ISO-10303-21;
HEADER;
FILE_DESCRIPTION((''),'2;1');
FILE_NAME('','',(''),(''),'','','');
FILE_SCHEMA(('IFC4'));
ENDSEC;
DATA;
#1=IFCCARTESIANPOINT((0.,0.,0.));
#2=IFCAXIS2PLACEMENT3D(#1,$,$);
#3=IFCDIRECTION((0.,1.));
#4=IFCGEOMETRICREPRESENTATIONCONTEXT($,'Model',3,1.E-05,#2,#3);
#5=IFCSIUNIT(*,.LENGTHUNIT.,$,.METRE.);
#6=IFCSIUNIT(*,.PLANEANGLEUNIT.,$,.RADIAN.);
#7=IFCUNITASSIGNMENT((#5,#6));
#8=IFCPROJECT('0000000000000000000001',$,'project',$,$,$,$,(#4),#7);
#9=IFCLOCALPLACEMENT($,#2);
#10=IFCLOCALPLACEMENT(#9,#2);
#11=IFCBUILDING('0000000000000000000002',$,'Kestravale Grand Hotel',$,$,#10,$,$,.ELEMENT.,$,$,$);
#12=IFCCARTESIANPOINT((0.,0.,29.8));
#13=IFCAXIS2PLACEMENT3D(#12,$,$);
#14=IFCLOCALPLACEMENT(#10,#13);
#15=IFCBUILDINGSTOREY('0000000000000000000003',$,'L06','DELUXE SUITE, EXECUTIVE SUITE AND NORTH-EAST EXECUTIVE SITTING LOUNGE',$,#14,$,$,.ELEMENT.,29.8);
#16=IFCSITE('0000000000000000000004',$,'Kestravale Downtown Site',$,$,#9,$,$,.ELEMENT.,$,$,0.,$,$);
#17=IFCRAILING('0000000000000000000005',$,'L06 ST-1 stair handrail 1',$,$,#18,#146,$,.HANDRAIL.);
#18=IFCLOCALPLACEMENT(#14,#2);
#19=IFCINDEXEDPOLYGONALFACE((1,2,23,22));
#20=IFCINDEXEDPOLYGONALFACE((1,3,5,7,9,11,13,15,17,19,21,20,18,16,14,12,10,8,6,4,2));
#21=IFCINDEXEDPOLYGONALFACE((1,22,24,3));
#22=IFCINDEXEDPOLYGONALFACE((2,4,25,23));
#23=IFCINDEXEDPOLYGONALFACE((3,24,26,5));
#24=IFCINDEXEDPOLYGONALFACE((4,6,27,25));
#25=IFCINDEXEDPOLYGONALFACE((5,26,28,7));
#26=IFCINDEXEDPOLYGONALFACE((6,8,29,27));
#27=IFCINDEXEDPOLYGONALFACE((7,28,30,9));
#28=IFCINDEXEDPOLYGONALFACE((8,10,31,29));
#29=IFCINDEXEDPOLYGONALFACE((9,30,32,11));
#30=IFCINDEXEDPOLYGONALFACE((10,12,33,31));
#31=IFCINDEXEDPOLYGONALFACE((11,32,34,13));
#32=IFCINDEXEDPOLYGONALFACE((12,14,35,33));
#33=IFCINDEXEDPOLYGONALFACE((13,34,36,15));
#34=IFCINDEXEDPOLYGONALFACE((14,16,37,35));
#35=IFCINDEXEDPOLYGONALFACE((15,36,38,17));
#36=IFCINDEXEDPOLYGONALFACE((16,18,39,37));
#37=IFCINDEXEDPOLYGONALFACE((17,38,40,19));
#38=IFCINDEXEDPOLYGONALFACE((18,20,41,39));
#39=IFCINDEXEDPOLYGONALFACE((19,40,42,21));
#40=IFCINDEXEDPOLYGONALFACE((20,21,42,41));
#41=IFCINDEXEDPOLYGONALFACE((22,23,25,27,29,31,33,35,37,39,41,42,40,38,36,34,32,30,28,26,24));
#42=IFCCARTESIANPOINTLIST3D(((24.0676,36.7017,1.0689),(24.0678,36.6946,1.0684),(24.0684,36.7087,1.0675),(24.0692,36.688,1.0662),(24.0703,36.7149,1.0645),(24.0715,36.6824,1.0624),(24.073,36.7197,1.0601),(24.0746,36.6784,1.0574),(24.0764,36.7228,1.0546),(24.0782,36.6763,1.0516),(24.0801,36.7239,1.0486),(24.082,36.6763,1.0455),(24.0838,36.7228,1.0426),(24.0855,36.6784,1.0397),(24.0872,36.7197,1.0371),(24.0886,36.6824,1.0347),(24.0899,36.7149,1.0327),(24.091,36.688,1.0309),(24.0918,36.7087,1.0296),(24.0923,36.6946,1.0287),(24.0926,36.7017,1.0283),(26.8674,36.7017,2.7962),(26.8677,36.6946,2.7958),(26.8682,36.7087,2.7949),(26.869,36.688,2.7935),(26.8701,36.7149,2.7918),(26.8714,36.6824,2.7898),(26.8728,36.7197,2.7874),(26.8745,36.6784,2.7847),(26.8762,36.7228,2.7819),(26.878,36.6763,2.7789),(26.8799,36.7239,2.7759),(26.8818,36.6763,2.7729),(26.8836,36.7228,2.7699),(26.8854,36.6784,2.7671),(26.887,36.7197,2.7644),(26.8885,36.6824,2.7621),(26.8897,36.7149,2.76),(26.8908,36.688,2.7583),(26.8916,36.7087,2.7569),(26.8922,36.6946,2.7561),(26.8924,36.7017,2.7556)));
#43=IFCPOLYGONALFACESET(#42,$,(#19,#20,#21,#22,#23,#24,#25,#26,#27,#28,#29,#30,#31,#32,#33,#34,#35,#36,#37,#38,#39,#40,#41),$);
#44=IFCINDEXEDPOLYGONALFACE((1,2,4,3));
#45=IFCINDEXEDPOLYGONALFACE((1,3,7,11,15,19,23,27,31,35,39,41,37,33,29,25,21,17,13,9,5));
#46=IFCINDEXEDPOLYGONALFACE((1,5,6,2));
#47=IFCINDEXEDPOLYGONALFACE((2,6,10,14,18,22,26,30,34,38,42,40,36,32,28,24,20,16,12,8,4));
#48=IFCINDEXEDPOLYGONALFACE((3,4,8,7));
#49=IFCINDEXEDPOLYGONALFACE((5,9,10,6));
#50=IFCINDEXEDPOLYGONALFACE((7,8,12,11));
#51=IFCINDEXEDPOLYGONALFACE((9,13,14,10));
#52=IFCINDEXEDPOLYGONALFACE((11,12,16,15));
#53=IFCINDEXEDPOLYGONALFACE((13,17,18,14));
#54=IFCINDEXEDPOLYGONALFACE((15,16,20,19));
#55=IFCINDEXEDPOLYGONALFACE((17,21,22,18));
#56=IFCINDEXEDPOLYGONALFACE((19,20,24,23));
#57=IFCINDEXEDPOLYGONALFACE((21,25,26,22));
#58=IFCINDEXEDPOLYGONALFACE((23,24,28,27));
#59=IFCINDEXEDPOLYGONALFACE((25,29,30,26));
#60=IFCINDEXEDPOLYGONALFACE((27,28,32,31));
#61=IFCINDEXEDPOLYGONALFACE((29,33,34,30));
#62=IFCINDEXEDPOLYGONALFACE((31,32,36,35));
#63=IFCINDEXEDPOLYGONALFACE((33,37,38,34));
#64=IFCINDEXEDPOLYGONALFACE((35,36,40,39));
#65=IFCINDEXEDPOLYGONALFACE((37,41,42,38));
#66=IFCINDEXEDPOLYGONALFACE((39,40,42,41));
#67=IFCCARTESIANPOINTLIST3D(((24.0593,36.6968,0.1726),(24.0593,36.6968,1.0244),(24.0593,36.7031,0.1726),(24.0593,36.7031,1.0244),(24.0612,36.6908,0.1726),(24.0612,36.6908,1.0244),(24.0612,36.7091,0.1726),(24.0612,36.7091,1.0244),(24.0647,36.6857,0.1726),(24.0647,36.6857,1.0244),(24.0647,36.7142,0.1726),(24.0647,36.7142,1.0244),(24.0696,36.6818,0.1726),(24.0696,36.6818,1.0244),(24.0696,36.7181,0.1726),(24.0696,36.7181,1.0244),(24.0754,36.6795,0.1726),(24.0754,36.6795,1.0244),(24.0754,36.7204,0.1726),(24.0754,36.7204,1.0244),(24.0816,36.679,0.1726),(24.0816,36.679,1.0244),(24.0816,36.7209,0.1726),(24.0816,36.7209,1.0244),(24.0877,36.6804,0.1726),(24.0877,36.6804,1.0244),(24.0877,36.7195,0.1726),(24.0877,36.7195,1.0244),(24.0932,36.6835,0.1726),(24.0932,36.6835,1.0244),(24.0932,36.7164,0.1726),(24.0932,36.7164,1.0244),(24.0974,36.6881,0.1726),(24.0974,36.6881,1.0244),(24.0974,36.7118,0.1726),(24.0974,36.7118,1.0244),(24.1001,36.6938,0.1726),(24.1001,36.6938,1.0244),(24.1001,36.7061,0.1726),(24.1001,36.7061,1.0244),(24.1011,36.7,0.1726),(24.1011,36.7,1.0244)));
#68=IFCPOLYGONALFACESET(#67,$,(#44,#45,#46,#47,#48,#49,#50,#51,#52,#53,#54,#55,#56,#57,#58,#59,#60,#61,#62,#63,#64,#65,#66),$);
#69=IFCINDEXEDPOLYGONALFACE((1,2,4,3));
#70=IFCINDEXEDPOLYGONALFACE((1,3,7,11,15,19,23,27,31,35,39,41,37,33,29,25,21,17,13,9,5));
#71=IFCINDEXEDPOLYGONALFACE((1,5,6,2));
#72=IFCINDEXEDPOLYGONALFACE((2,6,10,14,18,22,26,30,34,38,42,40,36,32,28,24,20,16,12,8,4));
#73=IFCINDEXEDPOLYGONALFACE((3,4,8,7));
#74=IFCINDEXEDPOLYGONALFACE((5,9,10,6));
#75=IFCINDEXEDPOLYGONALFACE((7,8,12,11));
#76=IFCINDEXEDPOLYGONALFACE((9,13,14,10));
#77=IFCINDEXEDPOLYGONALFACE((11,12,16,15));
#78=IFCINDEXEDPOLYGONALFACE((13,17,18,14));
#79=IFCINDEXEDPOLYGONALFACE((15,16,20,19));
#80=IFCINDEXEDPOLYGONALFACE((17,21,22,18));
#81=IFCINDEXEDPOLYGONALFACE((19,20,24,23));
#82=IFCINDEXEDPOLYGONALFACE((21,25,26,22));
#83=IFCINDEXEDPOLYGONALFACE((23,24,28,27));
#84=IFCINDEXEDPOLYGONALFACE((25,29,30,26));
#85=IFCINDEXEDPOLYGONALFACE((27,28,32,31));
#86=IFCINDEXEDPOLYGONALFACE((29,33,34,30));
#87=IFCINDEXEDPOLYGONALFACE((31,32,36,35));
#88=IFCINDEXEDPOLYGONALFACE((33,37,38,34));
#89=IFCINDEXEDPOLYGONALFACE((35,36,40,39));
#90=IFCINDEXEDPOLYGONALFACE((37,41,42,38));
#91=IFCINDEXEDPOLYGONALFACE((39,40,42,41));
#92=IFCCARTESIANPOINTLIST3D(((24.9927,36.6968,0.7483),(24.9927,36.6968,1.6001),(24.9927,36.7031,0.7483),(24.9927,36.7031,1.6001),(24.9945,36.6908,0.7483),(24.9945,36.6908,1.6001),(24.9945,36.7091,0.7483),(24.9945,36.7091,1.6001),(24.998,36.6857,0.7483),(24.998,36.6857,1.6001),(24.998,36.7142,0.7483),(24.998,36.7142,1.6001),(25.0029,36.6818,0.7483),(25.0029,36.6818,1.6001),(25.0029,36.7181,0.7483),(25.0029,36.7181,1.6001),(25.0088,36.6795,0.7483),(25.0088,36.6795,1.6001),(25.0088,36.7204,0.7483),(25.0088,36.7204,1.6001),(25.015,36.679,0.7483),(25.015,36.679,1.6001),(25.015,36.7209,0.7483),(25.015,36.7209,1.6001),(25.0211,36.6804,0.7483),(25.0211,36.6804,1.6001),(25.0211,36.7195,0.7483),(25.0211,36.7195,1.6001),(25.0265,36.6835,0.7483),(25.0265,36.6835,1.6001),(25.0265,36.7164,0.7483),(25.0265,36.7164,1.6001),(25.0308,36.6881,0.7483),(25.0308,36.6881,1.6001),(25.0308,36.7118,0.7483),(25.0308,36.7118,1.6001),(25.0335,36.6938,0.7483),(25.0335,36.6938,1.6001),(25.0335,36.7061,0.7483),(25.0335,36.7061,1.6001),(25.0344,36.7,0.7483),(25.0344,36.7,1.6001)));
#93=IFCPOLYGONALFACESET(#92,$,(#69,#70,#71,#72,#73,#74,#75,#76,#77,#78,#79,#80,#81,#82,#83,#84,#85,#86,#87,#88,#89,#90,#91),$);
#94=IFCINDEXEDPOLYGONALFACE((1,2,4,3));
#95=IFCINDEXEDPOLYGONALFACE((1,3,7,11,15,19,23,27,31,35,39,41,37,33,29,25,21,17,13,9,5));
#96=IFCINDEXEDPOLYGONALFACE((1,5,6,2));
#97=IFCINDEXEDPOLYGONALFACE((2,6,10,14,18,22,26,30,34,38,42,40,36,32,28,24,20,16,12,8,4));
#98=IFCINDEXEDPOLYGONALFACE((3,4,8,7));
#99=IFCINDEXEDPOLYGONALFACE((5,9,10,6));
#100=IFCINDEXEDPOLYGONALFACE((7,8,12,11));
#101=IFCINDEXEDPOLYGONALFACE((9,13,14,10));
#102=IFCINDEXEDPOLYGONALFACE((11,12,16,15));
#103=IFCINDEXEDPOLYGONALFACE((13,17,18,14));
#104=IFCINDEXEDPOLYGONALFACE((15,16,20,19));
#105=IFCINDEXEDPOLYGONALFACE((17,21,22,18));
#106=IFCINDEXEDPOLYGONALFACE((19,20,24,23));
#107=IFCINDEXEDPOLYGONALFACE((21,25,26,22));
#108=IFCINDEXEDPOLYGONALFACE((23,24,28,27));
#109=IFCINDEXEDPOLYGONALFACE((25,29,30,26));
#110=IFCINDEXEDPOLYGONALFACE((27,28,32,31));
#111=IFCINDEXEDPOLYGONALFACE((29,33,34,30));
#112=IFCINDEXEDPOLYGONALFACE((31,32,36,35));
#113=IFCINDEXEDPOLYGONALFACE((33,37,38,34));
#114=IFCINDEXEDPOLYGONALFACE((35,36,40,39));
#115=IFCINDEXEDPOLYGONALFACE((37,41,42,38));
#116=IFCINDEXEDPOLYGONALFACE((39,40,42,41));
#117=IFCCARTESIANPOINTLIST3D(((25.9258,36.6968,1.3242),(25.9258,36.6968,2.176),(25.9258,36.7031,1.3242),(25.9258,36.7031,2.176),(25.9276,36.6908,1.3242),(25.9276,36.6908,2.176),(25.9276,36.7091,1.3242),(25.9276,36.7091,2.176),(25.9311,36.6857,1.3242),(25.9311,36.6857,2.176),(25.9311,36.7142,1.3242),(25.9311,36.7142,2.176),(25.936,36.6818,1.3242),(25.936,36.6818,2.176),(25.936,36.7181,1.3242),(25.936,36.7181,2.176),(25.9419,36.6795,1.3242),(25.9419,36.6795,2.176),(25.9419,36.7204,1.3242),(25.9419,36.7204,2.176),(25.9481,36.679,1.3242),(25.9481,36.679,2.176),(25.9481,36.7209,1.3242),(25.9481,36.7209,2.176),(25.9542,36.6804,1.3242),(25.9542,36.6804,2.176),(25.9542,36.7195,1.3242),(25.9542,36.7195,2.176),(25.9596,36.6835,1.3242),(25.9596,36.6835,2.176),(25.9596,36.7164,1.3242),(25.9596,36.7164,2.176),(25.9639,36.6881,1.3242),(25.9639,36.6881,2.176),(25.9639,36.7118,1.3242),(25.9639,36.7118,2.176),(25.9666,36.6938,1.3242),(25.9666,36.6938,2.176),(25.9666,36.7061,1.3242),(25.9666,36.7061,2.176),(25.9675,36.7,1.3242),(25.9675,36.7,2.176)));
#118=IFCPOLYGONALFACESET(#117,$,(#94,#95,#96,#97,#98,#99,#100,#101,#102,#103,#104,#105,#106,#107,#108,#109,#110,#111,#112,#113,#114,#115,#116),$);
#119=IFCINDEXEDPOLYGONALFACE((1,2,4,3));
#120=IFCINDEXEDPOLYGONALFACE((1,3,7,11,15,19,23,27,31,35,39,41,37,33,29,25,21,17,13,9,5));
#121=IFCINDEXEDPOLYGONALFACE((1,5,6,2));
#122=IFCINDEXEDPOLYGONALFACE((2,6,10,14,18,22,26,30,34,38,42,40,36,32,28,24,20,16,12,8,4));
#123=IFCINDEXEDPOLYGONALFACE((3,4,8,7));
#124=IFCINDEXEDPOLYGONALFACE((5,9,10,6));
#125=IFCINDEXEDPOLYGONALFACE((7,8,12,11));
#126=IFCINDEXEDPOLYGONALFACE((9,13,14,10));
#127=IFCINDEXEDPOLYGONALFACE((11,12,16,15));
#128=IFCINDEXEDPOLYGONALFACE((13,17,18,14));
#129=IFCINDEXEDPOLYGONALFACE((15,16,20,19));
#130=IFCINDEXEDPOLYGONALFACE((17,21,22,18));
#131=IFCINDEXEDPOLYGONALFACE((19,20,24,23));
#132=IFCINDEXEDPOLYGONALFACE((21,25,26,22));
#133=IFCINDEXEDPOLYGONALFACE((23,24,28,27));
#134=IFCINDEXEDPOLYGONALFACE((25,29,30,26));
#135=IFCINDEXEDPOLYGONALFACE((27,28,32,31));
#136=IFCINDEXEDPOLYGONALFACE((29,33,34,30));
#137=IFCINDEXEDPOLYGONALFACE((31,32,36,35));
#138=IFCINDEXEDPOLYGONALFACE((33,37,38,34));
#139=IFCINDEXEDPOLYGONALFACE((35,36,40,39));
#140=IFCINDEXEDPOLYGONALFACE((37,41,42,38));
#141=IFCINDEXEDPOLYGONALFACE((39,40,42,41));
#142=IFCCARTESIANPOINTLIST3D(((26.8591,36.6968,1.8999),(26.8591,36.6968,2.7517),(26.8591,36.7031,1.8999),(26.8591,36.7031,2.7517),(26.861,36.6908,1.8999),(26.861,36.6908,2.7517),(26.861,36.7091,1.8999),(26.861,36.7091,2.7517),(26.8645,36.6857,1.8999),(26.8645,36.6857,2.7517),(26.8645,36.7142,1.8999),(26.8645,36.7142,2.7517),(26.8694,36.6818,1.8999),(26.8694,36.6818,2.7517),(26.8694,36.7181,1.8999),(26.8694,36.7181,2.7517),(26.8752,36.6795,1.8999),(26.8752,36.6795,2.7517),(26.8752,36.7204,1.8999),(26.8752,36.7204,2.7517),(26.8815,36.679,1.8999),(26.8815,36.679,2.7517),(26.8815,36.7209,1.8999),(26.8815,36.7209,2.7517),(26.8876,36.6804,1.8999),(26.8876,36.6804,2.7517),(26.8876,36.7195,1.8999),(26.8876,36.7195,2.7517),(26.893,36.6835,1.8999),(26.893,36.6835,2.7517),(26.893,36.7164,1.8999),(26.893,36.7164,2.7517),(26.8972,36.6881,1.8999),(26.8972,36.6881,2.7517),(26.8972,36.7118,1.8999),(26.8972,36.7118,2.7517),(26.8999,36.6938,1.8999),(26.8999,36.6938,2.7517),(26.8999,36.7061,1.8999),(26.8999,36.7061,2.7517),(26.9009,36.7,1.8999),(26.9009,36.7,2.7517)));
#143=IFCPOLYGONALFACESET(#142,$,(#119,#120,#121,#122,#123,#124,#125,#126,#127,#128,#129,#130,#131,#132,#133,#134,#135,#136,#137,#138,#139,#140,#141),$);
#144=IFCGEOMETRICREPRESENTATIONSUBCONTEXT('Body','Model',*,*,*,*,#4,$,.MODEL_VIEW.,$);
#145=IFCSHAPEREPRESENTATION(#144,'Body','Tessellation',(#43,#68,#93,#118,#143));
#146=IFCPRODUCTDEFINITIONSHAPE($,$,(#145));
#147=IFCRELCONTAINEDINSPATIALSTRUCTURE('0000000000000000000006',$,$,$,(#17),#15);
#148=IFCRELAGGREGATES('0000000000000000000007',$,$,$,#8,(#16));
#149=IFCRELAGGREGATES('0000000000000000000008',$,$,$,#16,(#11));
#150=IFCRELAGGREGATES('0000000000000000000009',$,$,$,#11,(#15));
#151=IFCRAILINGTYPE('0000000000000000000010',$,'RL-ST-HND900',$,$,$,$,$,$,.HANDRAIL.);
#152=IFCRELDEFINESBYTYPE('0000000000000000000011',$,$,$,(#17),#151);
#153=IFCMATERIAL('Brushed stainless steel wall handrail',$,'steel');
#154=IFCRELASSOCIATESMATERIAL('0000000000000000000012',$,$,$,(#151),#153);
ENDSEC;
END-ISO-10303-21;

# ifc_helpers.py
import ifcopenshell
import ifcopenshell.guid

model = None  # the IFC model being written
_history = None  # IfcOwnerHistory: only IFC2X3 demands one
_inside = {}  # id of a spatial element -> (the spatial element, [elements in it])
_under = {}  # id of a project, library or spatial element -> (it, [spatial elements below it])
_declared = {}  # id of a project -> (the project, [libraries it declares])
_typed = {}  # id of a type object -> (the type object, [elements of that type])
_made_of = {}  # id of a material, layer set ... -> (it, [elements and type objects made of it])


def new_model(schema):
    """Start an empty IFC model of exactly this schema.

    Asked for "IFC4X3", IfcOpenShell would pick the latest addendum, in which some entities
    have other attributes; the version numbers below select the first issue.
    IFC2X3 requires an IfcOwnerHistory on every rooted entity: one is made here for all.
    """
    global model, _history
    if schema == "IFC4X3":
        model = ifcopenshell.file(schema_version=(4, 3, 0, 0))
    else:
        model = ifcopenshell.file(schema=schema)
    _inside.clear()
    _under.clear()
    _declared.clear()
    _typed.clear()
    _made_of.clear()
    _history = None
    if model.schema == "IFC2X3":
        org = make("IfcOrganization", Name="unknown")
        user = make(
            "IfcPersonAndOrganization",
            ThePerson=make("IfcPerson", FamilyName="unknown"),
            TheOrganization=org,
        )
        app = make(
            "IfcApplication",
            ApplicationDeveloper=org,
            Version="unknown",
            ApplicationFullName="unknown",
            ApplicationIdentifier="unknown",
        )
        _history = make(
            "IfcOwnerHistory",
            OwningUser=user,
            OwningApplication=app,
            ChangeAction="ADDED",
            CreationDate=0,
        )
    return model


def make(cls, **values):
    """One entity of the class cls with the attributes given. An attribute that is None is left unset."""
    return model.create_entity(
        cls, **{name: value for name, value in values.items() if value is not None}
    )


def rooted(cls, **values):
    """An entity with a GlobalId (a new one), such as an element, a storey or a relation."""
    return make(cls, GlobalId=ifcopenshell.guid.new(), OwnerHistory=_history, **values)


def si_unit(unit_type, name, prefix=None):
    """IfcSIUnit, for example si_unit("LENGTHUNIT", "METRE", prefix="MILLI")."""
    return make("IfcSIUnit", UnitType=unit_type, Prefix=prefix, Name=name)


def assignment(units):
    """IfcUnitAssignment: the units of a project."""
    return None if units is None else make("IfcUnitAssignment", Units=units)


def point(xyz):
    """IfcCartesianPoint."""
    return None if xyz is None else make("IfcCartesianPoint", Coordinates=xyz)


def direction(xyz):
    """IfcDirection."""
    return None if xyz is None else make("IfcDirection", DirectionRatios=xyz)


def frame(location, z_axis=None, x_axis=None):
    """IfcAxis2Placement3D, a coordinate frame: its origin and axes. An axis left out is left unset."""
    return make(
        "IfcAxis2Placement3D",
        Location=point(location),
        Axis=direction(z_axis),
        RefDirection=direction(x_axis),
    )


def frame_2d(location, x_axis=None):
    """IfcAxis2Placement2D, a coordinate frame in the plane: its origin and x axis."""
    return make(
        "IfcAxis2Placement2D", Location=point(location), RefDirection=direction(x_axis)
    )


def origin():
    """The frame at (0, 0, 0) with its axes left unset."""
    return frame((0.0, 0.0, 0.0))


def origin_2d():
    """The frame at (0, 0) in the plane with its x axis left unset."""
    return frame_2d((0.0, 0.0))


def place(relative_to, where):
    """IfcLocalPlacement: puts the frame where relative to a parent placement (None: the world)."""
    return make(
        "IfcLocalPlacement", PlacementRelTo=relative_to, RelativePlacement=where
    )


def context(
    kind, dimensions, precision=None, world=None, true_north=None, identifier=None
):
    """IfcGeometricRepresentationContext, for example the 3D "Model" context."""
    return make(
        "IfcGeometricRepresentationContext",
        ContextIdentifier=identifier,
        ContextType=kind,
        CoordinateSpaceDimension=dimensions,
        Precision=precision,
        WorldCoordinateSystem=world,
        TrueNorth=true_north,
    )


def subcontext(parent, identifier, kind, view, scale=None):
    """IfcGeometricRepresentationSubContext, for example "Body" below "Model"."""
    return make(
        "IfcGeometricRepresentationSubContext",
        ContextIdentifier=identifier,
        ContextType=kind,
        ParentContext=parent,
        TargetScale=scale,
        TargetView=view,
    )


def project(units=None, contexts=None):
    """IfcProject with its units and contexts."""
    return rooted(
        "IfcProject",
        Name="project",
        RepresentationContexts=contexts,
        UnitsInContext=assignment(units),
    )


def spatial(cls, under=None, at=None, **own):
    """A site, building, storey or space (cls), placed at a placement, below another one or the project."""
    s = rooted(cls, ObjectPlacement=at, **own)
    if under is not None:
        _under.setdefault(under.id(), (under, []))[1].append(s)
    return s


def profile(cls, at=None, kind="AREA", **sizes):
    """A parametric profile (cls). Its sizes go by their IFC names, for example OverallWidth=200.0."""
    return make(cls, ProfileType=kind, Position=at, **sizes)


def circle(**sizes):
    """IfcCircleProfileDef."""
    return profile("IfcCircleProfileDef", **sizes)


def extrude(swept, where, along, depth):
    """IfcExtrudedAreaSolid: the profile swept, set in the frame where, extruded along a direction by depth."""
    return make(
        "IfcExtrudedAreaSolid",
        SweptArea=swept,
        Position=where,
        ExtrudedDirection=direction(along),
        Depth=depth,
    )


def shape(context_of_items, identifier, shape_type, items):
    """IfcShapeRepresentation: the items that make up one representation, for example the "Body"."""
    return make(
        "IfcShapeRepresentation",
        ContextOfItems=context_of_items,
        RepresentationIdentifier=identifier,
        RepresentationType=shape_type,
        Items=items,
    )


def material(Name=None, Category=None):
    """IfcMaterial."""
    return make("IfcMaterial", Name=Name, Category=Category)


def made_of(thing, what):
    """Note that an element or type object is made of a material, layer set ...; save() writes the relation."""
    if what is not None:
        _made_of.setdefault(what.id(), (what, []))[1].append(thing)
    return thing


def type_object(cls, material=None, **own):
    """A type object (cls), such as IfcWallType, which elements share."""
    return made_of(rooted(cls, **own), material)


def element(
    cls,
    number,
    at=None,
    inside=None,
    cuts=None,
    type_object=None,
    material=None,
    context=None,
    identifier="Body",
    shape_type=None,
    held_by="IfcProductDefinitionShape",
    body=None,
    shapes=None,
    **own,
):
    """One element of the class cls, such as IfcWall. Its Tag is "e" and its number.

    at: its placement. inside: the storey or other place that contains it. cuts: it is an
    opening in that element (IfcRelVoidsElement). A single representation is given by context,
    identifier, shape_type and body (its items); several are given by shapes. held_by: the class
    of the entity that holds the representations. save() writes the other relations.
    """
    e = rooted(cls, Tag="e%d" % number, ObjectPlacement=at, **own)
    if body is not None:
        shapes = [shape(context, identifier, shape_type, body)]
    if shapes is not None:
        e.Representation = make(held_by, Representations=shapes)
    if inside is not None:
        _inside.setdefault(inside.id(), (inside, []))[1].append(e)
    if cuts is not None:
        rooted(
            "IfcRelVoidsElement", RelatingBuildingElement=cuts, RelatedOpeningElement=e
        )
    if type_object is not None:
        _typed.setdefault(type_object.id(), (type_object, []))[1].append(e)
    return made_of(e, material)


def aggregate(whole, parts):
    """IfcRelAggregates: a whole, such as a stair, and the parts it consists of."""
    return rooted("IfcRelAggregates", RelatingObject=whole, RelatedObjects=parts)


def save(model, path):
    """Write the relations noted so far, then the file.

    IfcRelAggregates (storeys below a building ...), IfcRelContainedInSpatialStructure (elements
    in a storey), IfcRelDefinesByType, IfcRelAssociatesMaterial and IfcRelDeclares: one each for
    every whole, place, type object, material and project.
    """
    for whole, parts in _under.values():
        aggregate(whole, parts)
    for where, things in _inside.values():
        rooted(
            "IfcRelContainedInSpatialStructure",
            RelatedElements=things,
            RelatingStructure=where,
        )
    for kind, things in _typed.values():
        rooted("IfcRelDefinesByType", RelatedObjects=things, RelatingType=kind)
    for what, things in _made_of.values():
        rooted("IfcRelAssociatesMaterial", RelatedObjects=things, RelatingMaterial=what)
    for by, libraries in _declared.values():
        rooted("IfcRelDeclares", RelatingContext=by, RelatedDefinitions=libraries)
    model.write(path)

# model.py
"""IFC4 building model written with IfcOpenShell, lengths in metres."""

from ifc_helpers import new_model, si_unit, direction, frame, origin, origin_2d, place, context, subcontext, project, spatial, circle, extrude, material, type_object, element, save


model = new_model("IFC4")

# Units and contexts
model_context = context("Model", 3, precision=1e-05, world=origin(), true_north=direction((0.0, 1.0)))
body_context = subcontext(model_context, "Body", "Model", "MODEL_VIEW")
ifc_project = project(units=[si_unit("LENGTHUNIT", "METRE"), si_unit("PLANEANGLEUNIT", "RADIAN")], contexts=[model_context])

# Site, building, storey
site_placement = place(None, origin())
site = spatial("IfcSite", under=ifc_project, at=site_placement, Name="Kestravale Downtown Site", CompositionType="ELEMENT", RefElevation=0.0)
building_placement = place(site_placement, origin())
building = spatial("IfcBuilding", under=site, at=building_placement, Name="Kestravale Grand Hotel", CompositionType="ELEMENT")
storey_placement = place(building_placement, frame((0.0, 0.0, 29.8)))
storey = spatial("IfcBuildingStorey", under=building, at=storey_placement, Name="L06", Description="DELUXE SUITE, EXECUTIVE SUITE AND NORTH-EAST EXECUTIVE SITTING LOUNGE", CompositionType="ELEMENT", Elevation=29.8)

# Railing
ifc_material_1 = material(Name="Brushed stainless steel wall handrail", Category="steel")
railing_type_1 = type_object("IfcRailingType", Name="RL-ST-HND900", PredefinedType="HANDRAIL", material=ifc_material_1)
railing_1_placement = place(storey_placement, frame((24.0801, 36.7, 0.1726)))
element("IfcRailing", 1, at=railing_1_placement, inside=storey, type_object=railing_type_1, Name="L06 ST-1 stair handrail 1", PredefinedType="HANDRAIL", context=body_context, shape_type="SweptSolid", body=[
    extrude(circle(Radius=0.0239, at=origin_2d()), frame((0.0, 0.0, 0.876), z_axis=(0.851069, 0.0, 0.525054), x_axis=(0.0, 1.0, 0.0)), (0.0, 0.0, 1.0), 3.2898),
    extrude(circle(Radius=0.021, at=origin_2d()), origin(), (0.0, 0.0, 1.0), 0.8518),
    extrude(circle(Radius=0.021, at=origin_2d()), frame((0.9333, 0.0, 0.5757)), (0.0, 0.0, 1.0), 0.8518),
    extrude(circle(Radius=0.021, at=origin_2d()), frame((1.8665, 0.0, 1.1516)), (0.0, 0.0, 1.0), 0.8518),
    extrude(circle(Radius=0.021, at=origin_2d()), frame((2.7998, 0.0, 1.7273)), (0.0, 0.0, 1.0), 0.8518),
])

save(model, "model.ifc")
